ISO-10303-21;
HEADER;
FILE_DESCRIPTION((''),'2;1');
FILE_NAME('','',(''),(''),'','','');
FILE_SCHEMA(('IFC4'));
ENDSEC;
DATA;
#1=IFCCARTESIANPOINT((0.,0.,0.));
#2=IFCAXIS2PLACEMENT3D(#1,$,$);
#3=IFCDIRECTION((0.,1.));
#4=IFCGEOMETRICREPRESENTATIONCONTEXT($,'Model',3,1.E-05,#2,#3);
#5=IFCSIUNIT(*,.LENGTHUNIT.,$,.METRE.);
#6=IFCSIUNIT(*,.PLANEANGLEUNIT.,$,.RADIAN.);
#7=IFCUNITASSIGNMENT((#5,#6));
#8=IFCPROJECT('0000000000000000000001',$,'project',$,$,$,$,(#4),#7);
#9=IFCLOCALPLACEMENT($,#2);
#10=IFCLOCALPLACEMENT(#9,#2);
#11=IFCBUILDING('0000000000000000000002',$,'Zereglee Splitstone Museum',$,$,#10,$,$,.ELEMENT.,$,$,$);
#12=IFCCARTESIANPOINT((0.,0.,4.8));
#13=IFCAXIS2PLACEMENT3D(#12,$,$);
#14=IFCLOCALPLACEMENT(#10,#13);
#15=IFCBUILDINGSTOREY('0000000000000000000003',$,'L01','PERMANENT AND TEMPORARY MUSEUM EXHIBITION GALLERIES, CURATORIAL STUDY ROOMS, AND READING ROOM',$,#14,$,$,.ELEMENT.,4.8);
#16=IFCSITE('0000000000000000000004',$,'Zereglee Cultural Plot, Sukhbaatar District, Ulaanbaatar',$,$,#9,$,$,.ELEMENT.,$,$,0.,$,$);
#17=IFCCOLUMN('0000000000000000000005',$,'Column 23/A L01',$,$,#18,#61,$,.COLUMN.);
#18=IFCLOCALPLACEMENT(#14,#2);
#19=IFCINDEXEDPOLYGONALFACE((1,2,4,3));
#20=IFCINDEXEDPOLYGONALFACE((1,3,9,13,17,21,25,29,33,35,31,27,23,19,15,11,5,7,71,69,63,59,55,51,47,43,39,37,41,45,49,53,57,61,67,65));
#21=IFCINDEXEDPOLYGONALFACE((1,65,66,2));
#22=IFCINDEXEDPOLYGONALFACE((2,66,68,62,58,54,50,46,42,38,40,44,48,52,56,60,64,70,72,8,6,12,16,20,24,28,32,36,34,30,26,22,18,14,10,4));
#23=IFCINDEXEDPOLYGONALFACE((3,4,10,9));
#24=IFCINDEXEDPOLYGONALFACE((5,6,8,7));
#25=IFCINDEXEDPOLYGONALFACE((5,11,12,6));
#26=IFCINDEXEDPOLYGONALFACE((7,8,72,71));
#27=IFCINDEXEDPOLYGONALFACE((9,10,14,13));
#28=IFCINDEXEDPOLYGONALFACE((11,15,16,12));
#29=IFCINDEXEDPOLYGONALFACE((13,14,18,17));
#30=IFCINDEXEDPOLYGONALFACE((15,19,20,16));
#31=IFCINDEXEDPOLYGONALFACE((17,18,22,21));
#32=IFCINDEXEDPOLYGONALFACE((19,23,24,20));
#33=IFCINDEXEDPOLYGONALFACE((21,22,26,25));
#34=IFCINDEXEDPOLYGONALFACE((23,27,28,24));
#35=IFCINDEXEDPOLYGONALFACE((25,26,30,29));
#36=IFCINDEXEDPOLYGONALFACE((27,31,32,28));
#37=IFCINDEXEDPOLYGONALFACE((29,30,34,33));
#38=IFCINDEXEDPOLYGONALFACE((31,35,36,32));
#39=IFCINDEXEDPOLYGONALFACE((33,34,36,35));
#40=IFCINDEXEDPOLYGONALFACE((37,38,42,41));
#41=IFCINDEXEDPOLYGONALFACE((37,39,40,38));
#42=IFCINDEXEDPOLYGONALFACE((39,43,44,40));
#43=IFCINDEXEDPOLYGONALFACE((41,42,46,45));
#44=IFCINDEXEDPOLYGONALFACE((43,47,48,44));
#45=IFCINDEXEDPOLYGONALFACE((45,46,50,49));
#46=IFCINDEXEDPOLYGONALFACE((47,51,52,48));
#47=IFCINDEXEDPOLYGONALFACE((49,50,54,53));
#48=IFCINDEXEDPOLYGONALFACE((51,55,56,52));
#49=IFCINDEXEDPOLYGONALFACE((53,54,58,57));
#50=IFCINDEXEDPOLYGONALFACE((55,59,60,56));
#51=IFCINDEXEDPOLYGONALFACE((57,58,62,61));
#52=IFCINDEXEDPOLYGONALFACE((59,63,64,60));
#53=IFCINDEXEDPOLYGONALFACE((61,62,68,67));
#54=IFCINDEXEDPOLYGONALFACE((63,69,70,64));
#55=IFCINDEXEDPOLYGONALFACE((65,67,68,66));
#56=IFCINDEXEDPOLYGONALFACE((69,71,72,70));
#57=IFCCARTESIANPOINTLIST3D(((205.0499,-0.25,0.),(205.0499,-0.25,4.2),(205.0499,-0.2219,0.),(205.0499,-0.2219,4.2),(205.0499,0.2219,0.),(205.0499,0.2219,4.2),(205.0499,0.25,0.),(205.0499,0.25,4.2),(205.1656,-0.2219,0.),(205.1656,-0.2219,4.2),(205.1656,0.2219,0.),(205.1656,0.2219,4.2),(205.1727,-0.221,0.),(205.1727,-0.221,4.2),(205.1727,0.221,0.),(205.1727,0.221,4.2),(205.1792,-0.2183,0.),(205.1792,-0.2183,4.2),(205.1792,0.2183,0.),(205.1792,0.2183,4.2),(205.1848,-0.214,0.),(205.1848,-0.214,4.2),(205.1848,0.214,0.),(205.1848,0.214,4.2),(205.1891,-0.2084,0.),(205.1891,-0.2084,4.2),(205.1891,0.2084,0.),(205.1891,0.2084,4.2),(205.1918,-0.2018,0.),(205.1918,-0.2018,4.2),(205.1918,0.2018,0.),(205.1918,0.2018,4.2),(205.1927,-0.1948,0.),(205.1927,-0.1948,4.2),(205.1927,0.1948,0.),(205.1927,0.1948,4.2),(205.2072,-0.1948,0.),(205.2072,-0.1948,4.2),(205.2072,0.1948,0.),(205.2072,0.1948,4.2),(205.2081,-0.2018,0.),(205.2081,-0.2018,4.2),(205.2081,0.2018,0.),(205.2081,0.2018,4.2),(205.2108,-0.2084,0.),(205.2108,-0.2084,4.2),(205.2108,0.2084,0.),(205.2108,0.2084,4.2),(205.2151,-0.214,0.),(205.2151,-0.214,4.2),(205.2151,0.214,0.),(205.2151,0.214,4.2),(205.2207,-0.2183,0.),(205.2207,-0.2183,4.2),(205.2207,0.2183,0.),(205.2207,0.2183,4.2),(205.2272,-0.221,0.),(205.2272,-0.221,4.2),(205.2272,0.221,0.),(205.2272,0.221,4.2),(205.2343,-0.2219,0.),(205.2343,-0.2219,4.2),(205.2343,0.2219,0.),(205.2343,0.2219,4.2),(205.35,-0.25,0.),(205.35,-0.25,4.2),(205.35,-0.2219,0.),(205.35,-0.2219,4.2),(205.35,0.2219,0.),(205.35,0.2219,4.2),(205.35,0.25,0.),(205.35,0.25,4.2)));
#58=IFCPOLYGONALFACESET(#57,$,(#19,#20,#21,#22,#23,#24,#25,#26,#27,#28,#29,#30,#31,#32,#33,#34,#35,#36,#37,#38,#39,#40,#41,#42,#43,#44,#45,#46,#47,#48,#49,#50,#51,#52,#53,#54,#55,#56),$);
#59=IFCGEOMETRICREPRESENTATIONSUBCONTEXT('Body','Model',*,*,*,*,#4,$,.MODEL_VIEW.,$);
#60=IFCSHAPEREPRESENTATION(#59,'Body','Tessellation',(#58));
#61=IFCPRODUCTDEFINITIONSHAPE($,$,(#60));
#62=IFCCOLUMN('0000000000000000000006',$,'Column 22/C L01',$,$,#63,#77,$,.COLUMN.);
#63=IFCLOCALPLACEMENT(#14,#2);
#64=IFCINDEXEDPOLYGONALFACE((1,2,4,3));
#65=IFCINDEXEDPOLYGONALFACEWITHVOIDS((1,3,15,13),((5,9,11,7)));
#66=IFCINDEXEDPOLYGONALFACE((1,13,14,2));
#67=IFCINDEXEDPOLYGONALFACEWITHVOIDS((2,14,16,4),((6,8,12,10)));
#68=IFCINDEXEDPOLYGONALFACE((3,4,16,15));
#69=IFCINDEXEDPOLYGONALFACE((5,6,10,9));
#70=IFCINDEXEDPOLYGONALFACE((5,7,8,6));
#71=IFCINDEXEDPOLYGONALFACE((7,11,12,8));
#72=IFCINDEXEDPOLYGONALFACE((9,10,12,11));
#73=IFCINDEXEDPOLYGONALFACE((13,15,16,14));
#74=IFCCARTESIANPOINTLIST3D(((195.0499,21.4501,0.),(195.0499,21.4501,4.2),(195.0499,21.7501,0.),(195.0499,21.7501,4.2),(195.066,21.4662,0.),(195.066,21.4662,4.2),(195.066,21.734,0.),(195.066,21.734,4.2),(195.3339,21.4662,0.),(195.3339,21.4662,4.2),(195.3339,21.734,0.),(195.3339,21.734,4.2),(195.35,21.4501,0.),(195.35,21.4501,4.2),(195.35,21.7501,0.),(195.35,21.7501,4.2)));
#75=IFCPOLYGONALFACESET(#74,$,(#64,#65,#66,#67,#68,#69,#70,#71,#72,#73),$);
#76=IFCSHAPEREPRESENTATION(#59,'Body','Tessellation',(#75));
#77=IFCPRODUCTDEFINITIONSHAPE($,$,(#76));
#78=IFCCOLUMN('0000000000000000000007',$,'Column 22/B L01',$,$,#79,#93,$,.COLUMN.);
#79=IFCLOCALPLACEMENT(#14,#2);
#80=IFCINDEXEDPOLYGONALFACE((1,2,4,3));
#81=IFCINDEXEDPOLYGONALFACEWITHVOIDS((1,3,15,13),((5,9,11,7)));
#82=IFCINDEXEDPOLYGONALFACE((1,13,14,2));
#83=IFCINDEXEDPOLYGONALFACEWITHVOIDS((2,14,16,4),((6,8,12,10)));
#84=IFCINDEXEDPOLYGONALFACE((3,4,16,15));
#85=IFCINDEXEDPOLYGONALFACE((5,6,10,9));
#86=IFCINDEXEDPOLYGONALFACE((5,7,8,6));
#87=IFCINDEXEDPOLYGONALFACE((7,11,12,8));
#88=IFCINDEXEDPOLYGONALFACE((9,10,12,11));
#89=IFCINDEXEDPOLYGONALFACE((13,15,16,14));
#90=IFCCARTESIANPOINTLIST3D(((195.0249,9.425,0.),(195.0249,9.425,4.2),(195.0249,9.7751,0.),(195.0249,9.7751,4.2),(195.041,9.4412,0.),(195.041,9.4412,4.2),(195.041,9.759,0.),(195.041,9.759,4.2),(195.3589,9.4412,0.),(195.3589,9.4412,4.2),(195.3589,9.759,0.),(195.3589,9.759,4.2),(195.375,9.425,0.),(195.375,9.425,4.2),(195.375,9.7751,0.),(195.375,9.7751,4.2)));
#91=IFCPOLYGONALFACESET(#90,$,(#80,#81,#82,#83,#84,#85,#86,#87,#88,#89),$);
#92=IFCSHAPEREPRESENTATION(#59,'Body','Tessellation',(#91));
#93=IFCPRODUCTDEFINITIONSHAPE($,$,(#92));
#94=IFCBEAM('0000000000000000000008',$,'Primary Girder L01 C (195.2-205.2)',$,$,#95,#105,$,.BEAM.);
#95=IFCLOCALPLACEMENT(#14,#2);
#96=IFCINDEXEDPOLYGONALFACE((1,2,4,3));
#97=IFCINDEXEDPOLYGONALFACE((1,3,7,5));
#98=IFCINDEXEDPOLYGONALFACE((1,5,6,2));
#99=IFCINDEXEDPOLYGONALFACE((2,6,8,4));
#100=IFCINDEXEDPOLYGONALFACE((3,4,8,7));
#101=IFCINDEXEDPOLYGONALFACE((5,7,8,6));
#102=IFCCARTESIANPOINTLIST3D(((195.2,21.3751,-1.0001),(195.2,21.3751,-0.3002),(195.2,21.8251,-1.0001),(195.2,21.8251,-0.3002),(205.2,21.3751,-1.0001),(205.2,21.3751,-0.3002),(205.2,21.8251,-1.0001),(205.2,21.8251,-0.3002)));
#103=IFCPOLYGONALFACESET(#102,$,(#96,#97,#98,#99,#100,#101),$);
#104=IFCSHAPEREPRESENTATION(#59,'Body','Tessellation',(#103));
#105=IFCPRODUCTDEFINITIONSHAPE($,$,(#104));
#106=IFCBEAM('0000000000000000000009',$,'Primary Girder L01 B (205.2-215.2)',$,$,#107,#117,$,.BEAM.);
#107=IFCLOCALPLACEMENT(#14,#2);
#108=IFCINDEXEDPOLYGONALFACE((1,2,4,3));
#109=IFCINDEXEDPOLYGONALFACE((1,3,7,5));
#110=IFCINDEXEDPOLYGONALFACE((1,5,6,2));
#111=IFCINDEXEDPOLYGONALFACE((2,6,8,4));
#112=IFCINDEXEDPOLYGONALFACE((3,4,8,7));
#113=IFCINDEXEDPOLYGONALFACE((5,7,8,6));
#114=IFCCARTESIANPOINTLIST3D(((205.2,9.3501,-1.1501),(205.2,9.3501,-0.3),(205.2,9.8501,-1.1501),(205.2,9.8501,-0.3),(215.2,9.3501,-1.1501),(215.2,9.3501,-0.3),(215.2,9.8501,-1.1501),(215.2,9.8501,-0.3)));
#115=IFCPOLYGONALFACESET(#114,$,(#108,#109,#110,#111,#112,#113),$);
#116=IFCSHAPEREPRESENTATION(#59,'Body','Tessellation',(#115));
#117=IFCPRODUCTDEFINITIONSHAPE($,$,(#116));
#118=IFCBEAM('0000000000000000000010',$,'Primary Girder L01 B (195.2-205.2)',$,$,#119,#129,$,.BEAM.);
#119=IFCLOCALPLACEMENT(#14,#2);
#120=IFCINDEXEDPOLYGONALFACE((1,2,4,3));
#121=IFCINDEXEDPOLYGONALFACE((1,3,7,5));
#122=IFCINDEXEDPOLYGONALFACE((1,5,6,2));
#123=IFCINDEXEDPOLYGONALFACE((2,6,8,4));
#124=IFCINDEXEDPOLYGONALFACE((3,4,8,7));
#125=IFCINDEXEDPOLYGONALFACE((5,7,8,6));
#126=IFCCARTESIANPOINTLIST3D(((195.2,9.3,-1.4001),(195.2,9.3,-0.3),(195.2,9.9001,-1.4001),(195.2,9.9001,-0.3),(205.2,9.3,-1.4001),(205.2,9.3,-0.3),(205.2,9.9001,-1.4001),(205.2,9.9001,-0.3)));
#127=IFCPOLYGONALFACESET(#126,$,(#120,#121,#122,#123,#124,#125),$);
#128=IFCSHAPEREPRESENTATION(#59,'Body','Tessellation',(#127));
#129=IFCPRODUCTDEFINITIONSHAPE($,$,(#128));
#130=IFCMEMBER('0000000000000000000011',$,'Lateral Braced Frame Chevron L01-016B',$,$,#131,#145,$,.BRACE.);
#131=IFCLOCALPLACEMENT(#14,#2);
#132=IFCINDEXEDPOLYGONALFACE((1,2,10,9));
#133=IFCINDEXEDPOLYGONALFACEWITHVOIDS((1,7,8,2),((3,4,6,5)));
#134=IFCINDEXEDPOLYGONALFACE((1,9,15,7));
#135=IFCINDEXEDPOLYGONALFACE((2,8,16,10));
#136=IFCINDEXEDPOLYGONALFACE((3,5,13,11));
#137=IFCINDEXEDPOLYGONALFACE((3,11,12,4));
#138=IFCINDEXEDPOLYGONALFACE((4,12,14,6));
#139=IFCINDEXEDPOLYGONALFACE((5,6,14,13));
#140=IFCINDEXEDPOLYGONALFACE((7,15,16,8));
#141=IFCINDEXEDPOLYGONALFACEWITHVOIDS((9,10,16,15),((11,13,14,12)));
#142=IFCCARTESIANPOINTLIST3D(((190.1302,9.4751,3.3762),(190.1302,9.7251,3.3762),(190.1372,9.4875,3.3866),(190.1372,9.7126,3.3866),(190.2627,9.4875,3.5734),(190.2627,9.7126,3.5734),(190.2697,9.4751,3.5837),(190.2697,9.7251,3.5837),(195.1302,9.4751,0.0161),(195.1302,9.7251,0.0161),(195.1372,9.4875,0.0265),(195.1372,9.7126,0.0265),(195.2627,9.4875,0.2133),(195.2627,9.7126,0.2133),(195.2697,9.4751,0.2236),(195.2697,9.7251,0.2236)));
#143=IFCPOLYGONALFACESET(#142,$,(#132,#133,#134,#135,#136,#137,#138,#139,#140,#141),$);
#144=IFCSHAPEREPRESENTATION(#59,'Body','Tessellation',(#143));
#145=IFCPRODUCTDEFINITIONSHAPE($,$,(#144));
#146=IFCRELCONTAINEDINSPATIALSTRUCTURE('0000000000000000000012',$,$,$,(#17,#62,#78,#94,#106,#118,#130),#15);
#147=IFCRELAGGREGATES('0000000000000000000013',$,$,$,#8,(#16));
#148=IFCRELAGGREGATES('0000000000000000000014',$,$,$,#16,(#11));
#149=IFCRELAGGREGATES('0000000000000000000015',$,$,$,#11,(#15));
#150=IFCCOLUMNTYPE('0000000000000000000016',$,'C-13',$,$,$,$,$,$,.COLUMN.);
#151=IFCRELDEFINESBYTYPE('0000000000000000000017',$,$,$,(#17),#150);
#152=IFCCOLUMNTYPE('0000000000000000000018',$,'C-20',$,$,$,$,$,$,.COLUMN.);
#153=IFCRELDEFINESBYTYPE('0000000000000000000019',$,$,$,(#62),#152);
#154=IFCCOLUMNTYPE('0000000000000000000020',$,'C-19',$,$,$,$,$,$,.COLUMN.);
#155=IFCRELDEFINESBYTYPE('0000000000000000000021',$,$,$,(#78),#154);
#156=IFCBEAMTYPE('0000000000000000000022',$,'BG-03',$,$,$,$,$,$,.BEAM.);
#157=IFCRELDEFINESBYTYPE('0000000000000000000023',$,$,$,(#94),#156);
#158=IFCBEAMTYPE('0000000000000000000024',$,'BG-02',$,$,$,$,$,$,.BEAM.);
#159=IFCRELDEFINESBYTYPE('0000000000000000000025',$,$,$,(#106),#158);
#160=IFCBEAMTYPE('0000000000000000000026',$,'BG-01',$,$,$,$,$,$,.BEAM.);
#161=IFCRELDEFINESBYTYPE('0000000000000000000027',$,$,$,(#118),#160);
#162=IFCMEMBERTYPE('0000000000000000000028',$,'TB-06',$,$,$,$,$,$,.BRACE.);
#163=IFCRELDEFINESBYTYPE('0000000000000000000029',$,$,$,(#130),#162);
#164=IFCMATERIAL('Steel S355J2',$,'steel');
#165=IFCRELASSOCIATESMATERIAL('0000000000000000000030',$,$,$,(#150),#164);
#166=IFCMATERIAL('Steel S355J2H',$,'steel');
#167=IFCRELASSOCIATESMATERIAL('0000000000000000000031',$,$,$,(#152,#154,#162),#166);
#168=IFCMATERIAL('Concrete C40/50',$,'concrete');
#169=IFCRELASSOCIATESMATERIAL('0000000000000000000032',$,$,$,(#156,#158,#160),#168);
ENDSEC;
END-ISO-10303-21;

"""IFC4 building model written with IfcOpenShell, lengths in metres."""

from ifc_helpers import new_model, si_unit, direction, frame, origin, origin_2d, place, context, subcontext, project, spatial, rectangle, hollow_rectangle, i_section, extrude, material, material_profile, profile_set, type_object, element, save


model = new_model("IFC4")

# Units and contexts
model_context = context("Model", 3, precision=1e-05, world=origin(), true_north=direction((0.0, 1.0)))
body_context = subcontext(model_context, "Body", "Model", "MODEL_VIEW")
ifc_project = project(units=[si_unit("LENGTHUNIT", "METRE"), si_unit("PLANEANGLEUNIT", "RADIAN")], contexts=[model_context])

# Site, building, storey
site_placement = place(None, origin())
site = spatial("IfcSite", under=ifc_project, at=site_placement, Name="Zereglee Cultural Plot, Sukhbaatar District, Ulaanbaatar", CompositionType="ELEMENT", RefElevation=0.0)
building_placement = place(site_placement, origin())
building = spatial("IfcBuilding", under=site, at=building_placement, Name="Zereglee Splitstone Museum", CompositionType="ELEMENT")
storey_placement = place(building_placement, frame((0.0, 0.0, 4.8)))
storey = spatial("IfcBuildingStorey", under=building, at=storey_placement, Name="L01", Description="PERMANENT AND TEMPORARY MUSEUM EXHIBITION GALLERIES, CURATORIAL STUDY ROOMS, AND READING ROOM", CompositionType="ELEMENT", Elevation=4.8)

# Columns
ifc_material_1 = material(Name="Steel S355J2H", Category="steel")
ifc_material_2 = material(Name="Steel S355J2", Category="steel")
ifc_material_profile_1 = material_profile(ifc_material_2, i_section(OverallWidth=0.3, OverallDepth=0.5, WebThickness=0.0144, FlangeThickness=0.0281, FilletRadius=0.0271, at=origin_2d()), Name="HE 500 B")
ifc_profile_set_1 = profile_set([ifc_material_profile_1], Name="Steel S355J2")
column_type_1 = type_object("IfcColumnType", Name="C-13", PredefinedType="COLUMN", material=ifc_profile_set_1)
column_1_placement = place(storey_placement, frame((205.2, 0.0, 0.0), z_axis=(0.0, 0.0, 1.0), x_axis=(1.0, 0.0, 0.0)))
element("IfcColumn", 1, at=column_1_placement, inside=storey, type_object=column_type_1, Name="Column 23/A L01", PredefinedType="COLUMN", context=body_context, shape_type="SweptSolid", body=[
    extrude(i_section(OverallWidth=0.3, OverallDepth=0.5, WebThickness=0.0144, FlangeThickness=0.0281, FilletRadius=0.0271, at=origin_2d()), origin(), (0.0, 0.0, 1.0), 4.2),
])
ifc_material_profile_2 = material_profile(ifc_material_1, hollow_rectangle(XDim=0.3, YDim=0.3, WallThickness=0.0161, at=origin_2d()), Name="SHS 300x300x16")
ifc_profile_set_2 = profile_set([ifc_material_profile_2], Name="Steel S355J2H")
column_type_2 = type_object("IfcColumnType", Name="C-20", PredefinedType="COLUMN", material=ifc_profile_set_2)
column_2_placement = place(storey_placement, frame((195.2, 21.6001, 0.0), z_axis=(0.0, 0.0, 1.0), x_axis=(1.0, 0.0, 0.0)))
element("IfcColumn", 2, at=column_2_placement, inside=storey, type_object=column_type_2, Name="Column 22/C L01", PredefinedType="COLUMN", context=body_context, shape_type="SweptSolid", body=[
    extrude(hollow_rectangle(XDim=0.3, YDim=0.3, WallThickness=0.0161, at=origin_2d()), origin(), (0.0, 0.0, 1.0), 4.2),
])
ifc_material_profile_3 = material_profile(ifc_material_1, hollow_rectangle(XDim=0.3501, YDim=0.3501, WallThickness=0.0161, at=origin_2d()), Name="SHS 350x350x16")
ifc_profile_set_3 = profile_set([ifc_material_profile_3], Name="Steel S355J2H")
column_type_3 = type_object("IfcColumnType", Name="C-19", PredefinedType="COLUMN", material=ifc_profile_set_3)
column_3_placement = place(storey_placement, frame((195.2, 9.6001, 0.0), z_axis=(0.0, 0.0, 1.0), x_axis=(1.0, 0.0, 0.0)))
element("IfcColumn", 3, at=column_3_placement, inside=storey, type_object=column_type_3, Name="Column 22/B L01", PredefinedType="COLUMN", context=body_context, shape_type="SweptSolid", body=[
    extrude(hollow_rectangle(XDim=0.3501, YDim=0.3501, WallThickness=0.0161, at=origin_2d()), origin(), (0.0, 0.0, 1.0), 4.2),
])

# Beams
ifc_material_3 = material(Name="Concrete C40/50", Category="concrete")
ifc_material_profile_4 = material_profile(ifc_material_3, rectangle(XDim=0.45, YDim=0.7, at=origin_2d()), Name="RC 450x700")
ifc_profile_set_4 = profile_set([ifc_material_profile_4], Name="Concrete C40/50")
beam_type_1 = type_object("IfcBeamType", Name="BG-03", PredefinedType="BEAM", material=ifc_profile_set_4)
beam_1_placement = place(storey_placement, frame((195.2, 21.6001, -0.6501), z_axis=(1.0, 0.0, 0.0), x_axis=(0.0, 1.0, 0.0)))
element("IfcBeam", 4, at=beam_1_placement, inside=storey, type_object=beam_type_1, Name="Primary Girder L01 C (195.2-205.2)", PredefinedType="BEAM", context=body_context, shape_type="SweptSolid", body=[
    extrude(rectangle(XDim=0.45, YDim=0.7, at=origin_2d()), origin(), (0.0, 0.0, 1.0), 10.0),
])
ifc_material_profile_5 = material_profile(ifc_material_3, rectangle(XDim=0.5, YDim=0.8501, at=origin_2d()), Name="RC 500x850")
ifc_profile_set_5 = profile_set([ifc_material_profile_5], Name="Concrete C40/50")
beam_type_2 = type_object("IfcBeamType", Name="BG-02", PredefinedType="BEAM", material=ifc_profile_set_5)
beam_2_placement = place(storey_placement, frame((205.2, 9.6001, -0.7251), z_axis=(1.0, 0.0, 0.0), x_axis=(0.0, 1.0, 0.0)))
element("IfcBeam", 5, at=beam_2_placement, inside=storey, type_object=beam_type_2, Name="Primary Girder L01 B (205.2-215.2)", PredefinedType="BEAM", context=body_context, shape_type="SweptSolid", body=[
    extrude(rectangle(XDim=0.5, YDim=0.8501, at=origin_2d()), origin(), (0.0, 0.0, 1.0), 10.0),
])
ifc_material_profile_6 = material_profile(ifc_material_3, rectangle(XDim=0.6001, YDim=1.1001, at=origin_2d()), Name="RC 600x1100")
ifc_profile_set_6 = profile_set([ifc_material_profile_6], Name="Concrete C40/50")
beam_type_3 = type_object("IfcBeamType", Name="BG-01", PredefinedType="BEAM", material=ifc_profile_set_6)
beam_3_placement = place(storey_placement, frame((195.2, 9.6001, -0.8501), z_axis=(1.0, 0.0, 0.0), x_axis=(0.0, 1.0, 0.0)))
element("IfcBeam", 6, at=beam_3_placement, inside=storey, type_object=beam_type_3, Name="Primary Girder L01 B (195.2-205.2)", PredefinedType="BEAM", context=body_context, shape_type="SweptSolid", body=[
    extrude(rectangle(XDim=0.6001, YDim=1.1001, at=origin_2d()), origin(), (0.0, 0.0, 1.0), 10.0),
])

# Member
ifc_material_profile_7 = material_profile(ifc_material_1, hollow_rectangle(XDim=0.25, YDim=0.25, WallThickness=0.0125, at=origin_2d()), Name="SHS 250x250x12.5")
ifc_profile_set_7 = profile_set([ifc_material_profile_7], Name="Steel S355J2H")
member_type_1 = type_object("IfcMemberType", Name="TB-06", PredefinedType="BRACE", material=ifc_profile_set_7)
member_1_placement = place(storey_placement, frame((195.2, 9.6001, 0.1199), z_axis=(-0.829993, 0.0, 0.557773), x_axis=(0.0, -1.0, 0.0)))
element("IfcMember", 7, at=member_1_placement, inside=storey, type_object=member_type_1, Name="Lateral Braced Frame Chevron L01-016B", PredefinedType="BRACE", context=body_context, shape_type="SweptSolid", body=[
    extrude(hollow_rectangle(XDim=0.25, YDim=0.25, WallThickness=0.0125, at=origin_2d()), origin(), (0.0, 0.0, 1.0), 6.0242),
])

save(model, "model.ifc")
